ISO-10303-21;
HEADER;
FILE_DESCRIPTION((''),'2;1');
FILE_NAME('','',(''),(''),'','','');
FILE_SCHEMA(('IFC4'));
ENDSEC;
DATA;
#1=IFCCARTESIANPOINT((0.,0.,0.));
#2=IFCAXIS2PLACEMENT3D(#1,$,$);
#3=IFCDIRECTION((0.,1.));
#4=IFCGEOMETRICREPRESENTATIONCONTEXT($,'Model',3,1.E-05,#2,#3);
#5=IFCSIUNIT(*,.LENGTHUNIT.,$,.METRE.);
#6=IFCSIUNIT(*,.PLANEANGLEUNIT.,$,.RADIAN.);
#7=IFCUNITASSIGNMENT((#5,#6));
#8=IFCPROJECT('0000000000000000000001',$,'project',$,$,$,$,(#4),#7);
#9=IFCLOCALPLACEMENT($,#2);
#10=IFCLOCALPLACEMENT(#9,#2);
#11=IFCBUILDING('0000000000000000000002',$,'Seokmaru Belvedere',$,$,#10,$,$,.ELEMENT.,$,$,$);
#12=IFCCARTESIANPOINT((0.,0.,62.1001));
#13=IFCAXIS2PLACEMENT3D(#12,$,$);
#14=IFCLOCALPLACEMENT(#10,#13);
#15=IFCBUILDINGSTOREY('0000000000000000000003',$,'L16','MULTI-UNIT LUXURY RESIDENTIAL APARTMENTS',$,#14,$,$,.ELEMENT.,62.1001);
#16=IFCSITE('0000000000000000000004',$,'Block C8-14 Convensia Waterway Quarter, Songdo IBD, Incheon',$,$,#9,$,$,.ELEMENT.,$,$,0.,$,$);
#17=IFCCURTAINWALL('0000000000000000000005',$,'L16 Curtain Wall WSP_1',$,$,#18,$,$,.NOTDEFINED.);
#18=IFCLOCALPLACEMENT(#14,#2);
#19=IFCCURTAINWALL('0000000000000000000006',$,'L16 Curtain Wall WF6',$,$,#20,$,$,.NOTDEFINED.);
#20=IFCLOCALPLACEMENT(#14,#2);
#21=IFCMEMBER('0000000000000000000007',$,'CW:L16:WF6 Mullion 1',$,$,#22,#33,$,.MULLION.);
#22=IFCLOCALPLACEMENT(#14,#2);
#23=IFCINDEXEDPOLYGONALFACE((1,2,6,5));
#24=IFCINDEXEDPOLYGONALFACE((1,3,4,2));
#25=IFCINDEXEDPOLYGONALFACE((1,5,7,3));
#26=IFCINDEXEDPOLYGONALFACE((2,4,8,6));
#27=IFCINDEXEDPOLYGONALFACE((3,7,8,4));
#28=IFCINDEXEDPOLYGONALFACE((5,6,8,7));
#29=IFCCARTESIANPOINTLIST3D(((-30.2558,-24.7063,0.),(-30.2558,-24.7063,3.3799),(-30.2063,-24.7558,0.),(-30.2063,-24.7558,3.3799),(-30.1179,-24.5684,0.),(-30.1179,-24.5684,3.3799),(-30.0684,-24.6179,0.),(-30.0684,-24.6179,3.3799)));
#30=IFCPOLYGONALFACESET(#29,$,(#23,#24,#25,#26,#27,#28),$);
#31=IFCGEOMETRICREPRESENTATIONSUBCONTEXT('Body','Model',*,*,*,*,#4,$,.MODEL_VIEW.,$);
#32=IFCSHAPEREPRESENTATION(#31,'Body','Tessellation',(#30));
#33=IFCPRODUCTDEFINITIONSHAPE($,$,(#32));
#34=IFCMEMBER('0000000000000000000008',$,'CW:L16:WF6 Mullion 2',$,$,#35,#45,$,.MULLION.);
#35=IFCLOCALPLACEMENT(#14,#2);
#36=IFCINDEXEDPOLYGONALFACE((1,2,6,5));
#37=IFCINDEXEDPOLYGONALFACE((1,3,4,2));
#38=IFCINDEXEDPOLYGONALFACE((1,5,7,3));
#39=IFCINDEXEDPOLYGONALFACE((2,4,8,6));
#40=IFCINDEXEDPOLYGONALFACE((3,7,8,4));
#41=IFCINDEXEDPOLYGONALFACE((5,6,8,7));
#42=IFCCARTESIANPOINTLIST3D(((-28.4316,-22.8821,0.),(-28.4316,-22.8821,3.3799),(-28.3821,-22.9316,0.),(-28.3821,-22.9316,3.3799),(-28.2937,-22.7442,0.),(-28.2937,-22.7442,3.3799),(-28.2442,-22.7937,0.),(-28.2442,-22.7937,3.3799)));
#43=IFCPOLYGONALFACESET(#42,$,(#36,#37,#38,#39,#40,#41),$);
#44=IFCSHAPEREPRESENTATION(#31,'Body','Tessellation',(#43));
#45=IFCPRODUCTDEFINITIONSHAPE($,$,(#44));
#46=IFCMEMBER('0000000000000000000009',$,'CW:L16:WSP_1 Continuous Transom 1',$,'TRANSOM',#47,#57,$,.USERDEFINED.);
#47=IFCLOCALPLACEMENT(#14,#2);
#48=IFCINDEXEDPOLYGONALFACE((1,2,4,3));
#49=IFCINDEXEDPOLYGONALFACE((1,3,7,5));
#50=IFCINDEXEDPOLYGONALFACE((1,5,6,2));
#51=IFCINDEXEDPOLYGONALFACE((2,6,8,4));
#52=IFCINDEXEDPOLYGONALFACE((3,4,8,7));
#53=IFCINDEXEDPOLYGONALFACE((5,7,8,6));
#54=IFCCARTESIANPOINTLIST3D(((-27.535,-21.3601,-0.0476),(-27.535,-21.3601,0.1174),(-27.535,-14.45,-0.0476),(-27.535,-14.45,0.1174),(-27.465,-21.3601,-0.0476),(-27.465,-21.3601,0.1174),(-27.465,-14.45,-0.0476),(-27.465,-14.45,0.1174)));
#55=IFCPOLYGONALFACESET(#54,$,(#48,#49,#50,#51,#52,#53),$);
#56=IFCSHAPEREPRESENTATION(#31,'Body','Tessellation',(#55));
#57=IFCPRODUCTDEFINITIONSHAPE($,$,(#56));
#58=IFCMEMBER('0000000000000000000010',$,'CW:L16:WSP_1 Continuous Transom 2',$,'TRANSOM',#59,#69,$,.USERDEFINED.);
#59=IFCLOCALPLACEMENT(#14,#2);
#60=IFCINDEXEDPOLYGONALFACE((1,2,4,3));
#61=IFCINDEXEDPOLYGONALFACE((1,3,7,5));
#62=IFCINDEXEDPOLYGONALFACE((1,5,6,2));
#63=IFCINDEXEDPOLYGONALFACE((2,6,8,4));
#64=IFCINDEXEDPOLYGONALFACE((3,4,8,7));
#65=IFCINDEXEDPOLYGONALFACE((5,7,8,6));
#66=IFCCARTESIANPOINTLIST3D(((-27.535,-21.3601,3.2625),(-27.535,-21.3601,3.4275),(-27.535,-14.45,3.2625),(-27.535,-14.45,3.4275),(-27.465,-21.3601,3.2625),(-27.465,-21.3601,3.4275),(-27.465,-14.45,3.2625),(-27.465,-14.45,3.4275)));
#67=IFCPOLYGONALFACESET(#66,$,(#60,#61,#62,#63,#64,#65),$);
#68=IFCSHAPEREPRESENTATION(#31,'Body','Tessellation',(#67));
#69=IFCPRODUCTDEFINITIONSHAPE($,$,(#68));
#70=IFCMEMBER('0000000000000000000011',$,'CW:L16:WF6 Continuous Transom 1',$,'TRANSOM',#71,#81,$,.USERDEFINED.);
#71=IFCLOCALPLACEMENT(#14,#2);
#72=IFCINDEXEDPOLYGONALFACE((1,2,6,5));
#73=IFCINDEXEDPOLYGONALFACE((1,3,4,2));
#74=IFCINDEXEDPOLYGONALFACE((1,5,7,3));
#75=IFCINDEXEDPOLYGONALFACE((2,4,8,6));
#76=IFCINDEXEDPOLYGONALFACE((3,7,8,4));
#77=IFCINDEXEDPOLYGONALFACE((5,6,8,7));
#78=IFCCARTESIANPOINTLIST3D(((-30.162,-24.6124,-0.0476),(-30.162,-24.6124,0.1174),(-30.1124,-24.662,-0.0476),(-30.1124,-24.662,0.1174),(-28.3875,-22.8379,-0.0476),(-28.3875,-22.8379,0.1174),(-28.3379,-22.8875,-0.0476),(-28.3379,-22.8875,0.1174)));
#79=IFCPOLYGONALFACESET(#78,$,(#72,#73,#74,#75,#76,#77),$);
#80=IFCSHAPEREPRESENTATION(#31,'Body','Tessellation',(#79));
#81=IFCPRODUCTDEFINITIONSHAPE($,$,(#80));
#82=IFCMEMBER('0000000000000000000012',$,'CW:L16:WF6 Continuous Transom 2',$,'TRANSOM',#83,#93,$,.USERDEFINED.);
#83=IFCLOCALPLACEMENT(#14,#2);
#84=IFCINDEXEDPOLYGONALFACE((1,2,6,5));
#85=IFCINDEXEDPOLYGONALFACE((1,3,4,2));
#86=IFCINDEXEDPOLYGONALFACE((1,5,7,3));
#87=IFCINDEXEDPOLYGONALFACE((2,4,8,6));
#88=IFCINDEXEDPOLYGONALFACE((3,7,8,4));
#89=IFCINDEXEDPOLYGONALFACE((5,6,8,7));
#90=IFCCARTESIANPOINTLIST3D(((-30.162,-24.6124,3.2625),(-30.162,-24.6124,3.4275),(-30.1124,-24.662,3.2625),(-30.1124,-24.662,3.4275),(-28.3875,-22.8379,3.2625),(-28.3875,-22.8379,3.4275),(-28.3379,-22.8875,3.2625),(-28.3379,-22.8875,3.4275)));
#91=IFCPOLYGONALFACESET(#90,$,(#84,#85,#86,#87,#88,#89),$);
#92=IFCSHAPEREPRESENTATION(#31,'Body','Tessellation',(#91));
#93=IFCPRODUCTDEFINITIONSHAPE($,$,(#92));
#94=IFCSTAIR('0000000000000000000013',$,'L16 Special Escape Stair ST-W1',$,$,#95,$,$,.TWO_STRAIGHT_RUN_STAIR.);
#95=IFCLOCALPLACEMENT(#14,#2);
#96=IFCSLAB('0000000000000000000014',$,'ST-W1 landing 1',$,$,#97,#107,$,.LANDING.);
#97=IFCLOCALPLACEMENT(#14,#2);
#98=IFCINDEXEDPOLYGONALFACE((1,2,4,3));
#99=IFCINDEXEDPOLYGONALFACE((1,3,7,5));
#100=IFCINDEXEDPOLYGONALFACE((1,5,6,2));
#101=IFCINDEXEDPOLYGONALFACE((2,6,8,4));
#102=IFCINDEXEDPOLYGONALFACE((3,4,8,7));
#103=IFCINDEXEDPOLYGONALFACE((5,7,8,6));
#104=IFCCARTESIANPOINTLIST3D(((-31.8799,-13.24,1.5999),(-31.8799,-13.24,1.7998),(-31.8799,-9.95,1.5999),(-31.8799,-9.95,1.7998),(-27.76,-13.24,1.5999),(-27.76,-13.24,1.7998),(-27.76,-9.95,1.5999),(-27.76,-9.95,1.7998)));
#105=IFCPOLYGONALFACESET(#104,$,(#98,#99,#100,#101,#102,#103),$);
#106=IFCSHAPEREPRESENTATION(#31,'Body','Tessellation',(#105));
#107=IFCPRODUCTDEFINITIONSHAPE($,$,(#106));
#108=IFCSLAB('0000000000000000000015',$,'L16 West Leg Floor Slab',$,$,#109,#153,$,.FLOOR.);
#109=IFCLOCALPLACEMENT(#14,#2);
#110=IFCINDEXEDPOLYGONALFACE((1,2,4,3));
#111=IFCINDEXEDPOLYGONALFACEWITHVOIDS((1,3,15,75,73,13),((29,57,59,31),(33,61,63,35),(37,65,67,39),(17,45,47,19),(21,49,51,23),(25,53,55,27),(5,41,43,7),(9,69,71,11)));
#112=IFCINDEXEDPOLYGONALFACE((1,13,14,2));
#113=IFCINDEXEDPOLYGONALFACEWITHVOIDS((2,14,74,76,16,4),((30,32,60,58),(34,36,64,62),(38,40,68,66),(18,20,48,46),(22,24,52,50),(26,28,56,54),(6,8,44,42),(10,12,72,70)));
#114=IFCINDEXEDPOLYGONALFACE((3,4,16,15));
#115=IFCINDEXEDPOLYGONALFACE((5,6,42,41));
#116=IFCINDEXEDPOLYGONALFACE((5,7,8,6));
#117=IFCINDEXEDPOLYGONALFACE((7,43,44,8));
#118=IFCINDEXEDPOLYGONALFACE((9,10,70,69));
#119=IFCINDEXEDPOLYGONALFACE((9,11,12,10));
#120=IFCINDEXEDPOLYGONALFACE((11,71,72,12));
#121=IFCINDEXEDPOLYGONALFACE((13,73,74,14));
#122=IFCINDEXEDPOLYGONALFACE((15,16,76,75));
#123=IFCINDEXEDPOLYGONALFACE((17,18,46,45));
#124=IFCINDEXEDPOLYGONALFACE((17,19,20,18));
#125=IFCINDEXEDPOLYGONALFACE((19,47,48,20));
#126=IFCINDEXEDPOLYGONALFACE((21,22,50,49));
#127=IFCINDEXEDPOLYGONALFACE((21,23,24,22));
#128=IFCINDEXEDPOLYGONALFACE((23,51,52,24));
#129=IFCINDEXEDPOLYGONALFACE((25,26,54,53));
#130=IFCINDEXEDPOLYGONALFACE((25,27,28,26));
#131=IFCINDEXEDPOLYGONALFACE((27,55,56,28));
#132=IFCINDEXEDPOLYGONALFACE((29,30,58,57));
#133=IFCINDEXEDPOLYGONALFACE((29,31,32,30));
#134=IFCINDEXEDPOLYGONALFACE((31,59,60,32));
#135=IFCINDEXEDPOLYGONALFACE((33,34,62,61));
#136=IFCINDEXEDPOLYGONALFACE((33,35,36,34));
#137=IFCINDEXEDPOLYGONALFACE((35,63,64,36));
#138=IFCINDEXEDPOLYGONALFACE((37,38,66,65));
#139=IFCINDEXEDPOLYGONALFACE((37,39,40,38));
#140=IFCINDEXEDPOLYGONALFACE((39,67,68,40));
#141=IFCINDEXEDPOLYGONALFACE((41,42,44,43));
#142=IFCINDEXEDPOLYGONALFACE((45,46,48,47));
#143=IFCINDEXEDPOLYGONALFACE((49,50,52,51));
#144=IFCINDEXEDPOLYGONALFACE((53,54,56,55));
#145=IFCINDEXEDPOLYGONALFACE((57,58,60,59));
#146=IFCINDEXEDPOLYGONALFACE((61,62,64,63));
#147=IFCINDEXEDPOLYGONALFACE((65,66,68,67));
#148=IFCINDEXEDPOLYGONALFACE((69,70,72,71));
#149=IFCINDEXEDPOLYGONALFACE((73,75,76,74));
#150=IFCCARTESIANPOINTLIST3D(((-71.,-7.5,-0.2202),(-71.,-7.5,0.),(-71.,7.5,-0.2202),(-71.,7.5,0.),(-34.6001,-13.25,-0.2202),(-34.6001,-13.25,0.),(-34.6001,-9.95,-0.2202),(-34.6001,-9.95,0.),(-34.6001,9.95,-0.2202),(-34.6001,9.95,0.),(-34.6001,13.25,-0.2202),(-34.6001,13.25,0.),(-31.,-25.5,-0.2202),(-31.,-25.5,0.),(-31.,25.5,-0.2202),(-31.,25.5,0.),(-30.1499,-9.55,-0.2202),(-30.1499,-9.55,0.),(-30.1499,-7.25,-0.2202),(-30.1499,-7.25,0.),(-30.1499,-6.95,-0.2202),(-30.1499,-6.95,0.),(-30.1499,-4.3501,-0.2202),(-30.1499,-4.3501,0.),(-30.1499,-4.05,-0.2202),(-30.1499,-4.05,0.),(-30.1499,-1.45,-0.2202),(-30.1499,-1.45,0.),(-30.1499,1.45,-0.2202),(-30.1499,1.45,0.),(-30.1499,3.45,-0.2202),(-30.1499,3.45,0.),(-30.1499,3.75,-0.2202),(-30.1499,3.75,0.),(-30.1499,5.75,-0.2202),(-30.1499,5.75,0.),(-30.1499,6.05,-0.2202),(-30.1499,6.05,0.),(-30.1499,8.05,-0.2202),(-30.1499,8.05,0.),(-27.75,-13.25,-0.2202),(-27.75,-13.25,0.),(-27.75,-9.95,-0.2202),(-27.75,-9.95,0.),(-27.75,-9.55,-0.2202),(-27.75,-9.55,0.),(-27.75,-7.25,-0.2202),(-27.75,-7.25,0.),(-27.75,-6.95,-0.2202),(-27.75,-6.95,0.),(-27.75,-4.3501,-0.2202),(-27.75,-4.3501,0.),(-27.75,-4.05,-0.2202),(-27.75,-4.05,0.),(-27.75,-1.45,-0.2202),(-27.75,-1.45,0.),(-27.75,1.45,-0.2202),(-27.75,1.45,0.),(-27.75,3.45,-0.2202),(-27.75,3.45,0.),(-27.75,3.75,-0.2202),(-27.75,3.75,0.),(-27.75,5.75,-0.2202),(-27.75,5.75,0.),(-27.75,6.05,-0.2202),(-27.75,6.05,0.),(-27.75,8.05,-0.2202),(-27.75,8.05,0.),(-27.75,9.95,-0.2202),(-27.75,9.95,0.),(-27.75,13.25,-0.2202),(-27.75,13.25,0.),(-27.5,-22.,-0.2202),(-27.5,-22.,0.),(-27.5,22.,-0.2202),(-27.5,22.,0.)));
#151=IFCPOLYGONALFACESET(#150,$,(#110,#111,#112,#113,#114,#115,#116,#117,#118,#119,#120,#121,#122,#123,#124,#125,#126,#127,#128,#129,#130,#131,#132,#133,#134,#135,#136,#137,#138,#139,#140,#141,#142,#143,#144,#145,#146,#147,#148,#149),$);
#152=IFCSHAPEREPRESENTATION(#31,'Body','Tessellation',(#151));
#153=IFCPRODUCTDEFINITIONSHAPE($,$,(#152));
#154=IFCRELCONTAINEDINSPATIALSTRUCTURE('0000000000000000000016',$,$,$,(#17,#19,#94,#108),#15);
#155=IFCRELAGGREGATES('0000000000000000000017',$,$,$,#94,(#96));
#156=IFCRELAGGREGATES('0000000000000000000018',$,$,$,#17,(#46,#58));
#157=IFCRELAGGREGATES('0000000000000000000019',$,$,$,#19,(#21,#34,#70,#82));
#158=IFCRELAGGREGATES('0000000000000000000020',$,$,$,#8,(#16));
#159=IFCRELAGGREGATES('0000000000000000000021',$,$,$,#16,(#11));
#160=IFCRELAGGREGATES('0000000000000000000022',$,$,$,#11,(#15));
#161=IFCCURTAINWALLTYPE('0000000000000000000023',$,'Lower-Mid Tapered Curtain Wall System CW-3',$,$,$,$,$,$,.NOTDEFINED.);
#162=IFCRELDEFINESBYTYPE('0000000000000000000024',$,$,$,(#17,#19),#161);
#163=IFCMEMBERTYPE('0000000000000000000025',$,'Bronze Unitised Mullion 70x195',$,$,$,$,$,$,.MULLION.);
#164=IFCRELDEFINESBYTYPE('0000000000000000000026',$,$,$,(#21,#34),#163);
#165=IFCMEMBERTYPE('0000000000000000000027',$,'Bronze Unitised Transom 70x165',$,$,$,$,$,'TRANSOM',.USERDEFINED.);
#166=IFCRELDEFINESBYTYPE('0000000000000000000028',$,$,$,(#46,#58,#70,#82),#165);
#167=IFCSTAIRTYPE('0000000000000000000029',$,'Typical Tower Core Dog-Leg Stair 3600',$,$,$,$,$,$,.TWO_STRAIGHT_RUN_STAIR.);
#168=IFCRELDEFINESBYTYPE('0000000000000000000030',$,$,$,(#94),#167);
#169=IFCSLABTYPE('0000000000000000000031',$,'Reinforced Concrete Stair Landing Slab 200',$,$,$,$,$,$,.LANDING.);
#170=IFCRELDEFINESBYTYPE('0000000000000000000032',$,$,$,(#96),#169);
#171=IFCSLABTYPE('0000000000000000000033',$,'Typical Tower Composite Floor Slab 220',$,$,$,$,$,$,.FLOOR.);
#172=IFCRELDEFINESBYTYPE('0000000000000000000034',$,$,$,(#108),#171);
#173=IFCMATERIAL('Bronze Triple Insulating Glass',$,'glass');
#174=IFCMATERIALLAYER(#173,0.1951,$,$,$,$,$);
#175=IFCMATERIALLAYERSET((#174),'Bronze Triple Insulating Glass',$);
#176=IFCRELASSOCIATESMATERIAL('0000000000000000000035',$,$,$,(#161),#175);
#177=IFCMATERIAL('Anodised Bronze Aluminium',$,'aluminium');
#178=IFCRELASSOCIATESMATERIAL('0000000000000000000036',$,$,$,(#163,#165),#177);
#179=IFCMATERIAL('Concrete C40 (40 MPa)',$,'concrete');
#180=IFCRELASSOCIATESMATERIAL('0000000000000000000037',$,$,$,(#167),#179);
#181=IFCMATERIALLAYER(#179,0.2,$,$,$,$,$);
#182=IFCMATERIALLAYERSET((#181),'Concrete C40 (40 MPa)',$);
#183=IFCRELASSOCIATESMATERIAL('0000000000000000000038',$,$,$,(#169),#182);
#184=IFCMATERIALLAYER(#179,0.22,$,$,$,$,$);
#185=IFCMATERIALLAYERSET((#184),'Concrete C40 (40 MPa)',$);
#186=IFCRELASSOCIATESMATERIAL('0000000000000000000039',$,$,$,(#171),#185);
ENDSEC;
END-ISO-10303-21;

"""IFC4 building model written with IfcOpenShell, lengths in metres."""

from ifc_helpers import new_model, si_unit, direction, frame, origin, origin_2d, place, context, subcontext, project, spatial, polyline, rectangle, outline, extrude, source, transform, mapped, material, layer, layer_set, material_profile, profile_set, type_object, type_shapes, element, aggregate, save


model = new_model("IFC4")

# Units and contexts
model_context = context("Model", 3, precision=1e-05, world=origin(), true_north=direction((0.0, 1.0)))
body_context = subcontext(model_context, "Body", "Model", "MODEL_VIEW")
ifc_project = project(units=[si_unit("LENGTHUNIT", "METRE"), si_unit("PLANEANGLEUNIT", "RADIAN")], contexts=[model_context])

# Site, building, storey
site_placement = place(None, origin())
site = spatial("IfcSite", under=ifc_project, at=site_placement, Name="Block C8-14 Convensia Waterway Quarter, Songdo IBD, Incheon", CompositionType="ELEMENT", RefElevation=0.0)
building_placement = place(site_placement, origin())
building = spatial("IfcBuilding", under=site, at=building_placement, Name="Seokmaru Belvedere", CompositionType="ELEMENT")
storey_placement = place(building_placement, frame((0.0, 0.0, 62.1001)))
storey = spatial("IfcBuildingStorey", under=building, at=storey_placement, Name="L16", Description="MULTI-UNIT LUXURY RESIDENTIAL APARTMENTS", CompositionType="ELEMENT", Elevation=62.1001)

# Curtain walls, members
ifc_material_1 = material(Name="Bronze Triple Insulating Glass", Category="glass")
ifc_layer_1 = layer(ifc_material_1, 0.1951)
ifc_layer_set_1 = layer_set([ifc_layer_1], Name="Bronze Triple Insulating Glass")
curtain_wall_type = type_object("IfcCurtainWallType", Name="Lower-Mid Tapered Curtain Wall System CW-3", PredefinedType="NOTDEFINED", material=ifc_layer_set_1)
curtain_wall_1_placement = place(storey_placement, origin())
curtain_wall_1 = element("IfcCurtainWall", 1, at=curtain_wall_1_placement, inside=storey, type_object=curtain_wall_type, Name="L16 Curtain Wall WSP_1", PredefinedType="NOTDEFINED")
ifc_material_2 = material(Name="Anodised Bronze Aluminium", Category="aluminium")
ifc_material_profile_1 = material_profile(ifc_material_2, rectangle(XDim=0.0701, YDim=0.1951, at=origin_2d()), Name="CW-M-70x195")
ifc_profile_set_1 = profile_set([ifc_material_profile_1], Name="Anodised Bronze Aluminium")
member_type_1 = type_object("IfcMemberType", Name="Bronze Unitised Mullion 70x195", PredefinedType="MULLION", material=ifc_profile_set_1)
shared_shape_1 = source(origin(), body_context, "Body", "SweptSolid", [
    extrude(rectangle(XDim=0.0701, YDim=0.1951, at=origin_2d()), origin(), (0.0, 0.0, 1.0), 3.3799),
])
type_shapes(member_type_1, [shared_shape_1])
curtain_wall_2_placement = place(storey_placement, origin())
curtain_wall_2 = element("IfcCurtainWall", 2, at=curtain_wall_2_placement, inside=storey, type_object=curtain_wall_type, Name="L16 Curtain Wall WF6", PredefinedType="NOTDEFINED")
member_1_placement = place(storey_placement, frame((-30.1621, -24.6621, 0.0), z_axis=(0.0, 0.0, 1.0), x_axis=(-0.707107, 0.707107, 0.0)))
member_1 = element("IfcMember", 3, at=member_1_placement, type_object=member_type_1, Name="CW:L16:WF6 Mullion 1", PredefinedType="MULLION", context=body_context, shape_type="MappedRepresentation", body=[
    mapped(shared_shape_1, transform((0.0, 0.0, 0.0), scale=1.0)),
])
member_2_placement = place(storey_placement, frame((-28.3379, -22.8379, 0.0), z_axis=(0.0, 0.0, 1.0), x_axis=(-0.707107, 0.707107, 0.0)))
member_2 = element("IfcMember", 4, at=member_2_placement, type_object=member_type_1, Name="CW:L16:WF6 Mullion 2", PredefinedType="MULLION", context=body_context, shape_type="MappedRepresentation", body=[
    mapped(shared_shape_1, transform((0.0, 0.0, 0.0), scale=1.0)),
])

# Members
ifc_material_profile_2 = material_profile(ifc_material_2, rectangle(XDim=0.0701, YDim=0.165, at=origin_2d()), Name="CW-T-70x165")
ifc_profile_set_2 = profile_set([ifc_material_profile_2], Name="Anodised Bronze Aluminium")
member_type_2 = type_object("IfcMemberType", Name="Bronze Unitised Transom 70x165", ElementType="TRANSOM", PredefinedType="USERDEFINED", material=ifc_profile_set_2)
shared_shape_2 = source(origin(), body_context, "Body", "SweptSolid", [
    extrude(rectangle(XDim=0.0701, YDim=0.165, at=origin_2d()), origin(), (0.0, 0.0, 1.0), 6.9102),
])
member_3_placement = place(storey_placement, frame((-27.5, -21.3601, 0.0349), z_axis=(0.0, 1.0, 0.0), x_axis=(-1.0, 0.0, 0.0)))
member_3 = element("IfcMember", 5, at=member_3_placement, type_object=member_type_2, Name="CW:L16:WSP_1 Continuous Transom 1", ObjectType="TRANSOM", PredefinedType="USERDEFINED", context=body_context, shape_type="MappedRepresentation", body=[
    mapped(shared_shape_2, transform((0.0, 0.0, 0.0), scale=1.0)),
])
member_4_placement = place(storey_placement, frame((-27.5, -21.3601, 3.345), z_axis=(0.0, 1.0, 0.0), x_axis=(-1.0, 0.0, 0.0)))
member_4 = element("IfcMember", 6, at=member_4_placement, type_object=member_type_2, Name="CW:L16:WSP_1 Continuous Transom 2", ObjectType="TRANSOM", PredefinedType="USERDEFINED", context=body_context, shape_type="MappedRepresentation", body=[
    mapped(shared_shape_2, transform((0.0, 0.0, 0.0), scale=1.0)),
])
shared_shape_3 = source(origin(), body_context, "Body", "SweptSolid", [
    extrude(rectangle(XDim=0.0701, YDim=0.165, at=origin_2d()), origin(), (0.0, 0.0, 1.0), 2.5095),
])
type_shapes(member_type_2, [shared_shape_2, shared_shape_3])
member_5_placement = place(storey_placement, frame((-30.1372, -24.6372, 0.0349), z_axis=(0.707107, 0.707107, 0.0), x_axis=(-0.707107, 0.707107, 0.0)))
member_5 = element("IfcMember", 7, at=member_5_placement, type_object=member_type_2, Name="CW:L16:WF6 Continuous Transom 1", ObjectType="TRANSOM", PredefinedType="USERDEFINED", context=body_context, shape_type="MappedRepresentation", body=[
    mapped(shared_shape_3, transform((0.0, 0.0, 0.0), scale=1.0)),
])
member_6_placement = place(storey_placement, frame((-30.1372, -24.6372, 3.345), z_axis=(0.707107, 0.707107, 0.0), x_axis=(-0.707107, 0.707107, 0.0)))
member_6 = element("IfcMember", 8, at=member_6_placement, type_object=member_type_2, Name="CW:L16:WF6 Continuous Transom 2", ObjectType="TRANSOM", PredefinedType="USERDEFINED", context=body_context, shape_type="MappedRepresentation", body=[
    mapped(shared_shape_3, transform((0.0, 0.0, 0.0), scale=1.0)),
])

# Stair, slab
ifc_material_3 = material(Name="Concrete C40 (40 MPa)", Category="concrete")
stair_type = type_object("IfcStairType", Name="Typical Tower Core Dog-Leg Stair 3600", PredefinedType="TWO_STRAIGHT_RUN_STAIR", material=ifc_material_3)
stair_placement = place(storey_placement, origin())
stair = element("IfcStair", 9, at=stair_placement, inside=storey, type_object=stair_type, Name="L16 Special Escape Stair ST-W1", PredefinedType="TWO_STRAIGHT_RUN_STAIR")
ifc_layer_2 = layer(ifc_material_3, 0.2)
ifc_layer_set_2 = layer_set([ifc_layer_2], Name="Concrete C40 (40 MPa)")
slab_type_1 = type_object("IfcSlabType", Name="Reinforced Concrete Stair Landing Slab 200", PredefinedType="LANDING", material=ifc_layer_set_2)
slab_1_placement = place(storey_placement, frame((0.0, 0.0, 1.5999)))
slab_1 = element("IfcSlab", 10, at=slab_1_placement, type_object=slab_type_1, Name="ST-W1 landing 1", PredefinedType="LANDING", context=body_context, shape_type="SweptSolid", body=[
    extrude(outline(polyline([(-31.8799, -13.24), (-27.76, -13.24), (-27.76, -9.95), (-31.8799, -9.95), (-31.8799, -13.24)])), origin(), (0.0, 0.0, 1.0), 0.2),
])
aggregate(stair, [slab_1])

# Slab
ifc_layer_3 = layer(ifc_material_3, 0.22)
ifc_layer_set_3 = layer_set([ifc_layer_3], Name="Concrete C40 (40 MPa)")
slab_type_2 = type_object("IfcSlabType", Name="Typical Tower Composite Floor Slab 220", PredefinedType="FLOOR", material=ifc_layer_set_3)
slab_2_placement = place(storey_placement, frame((0.0, 0.0, -0.2202)))
element("IfcSlab", 11, at=slab_2_placement, inside=storey, type_object=slab_type_2, Name="L16 West Leg Floor Slab", PredefinedType="FLOOR", context=body_context, shape_type="SweptSolid", body=[
    extrude(outline(polyline([(-27.5, -22.0), (-27.5, 22.0), (-31.0, 25.5), (-71.0, 7.5), (-71.0, -7.5), (-31.0, -25.5), (-27.5, -22.0)]), holes=[polyline([(-34.6001, -13.25), (-27.75, -13.25), (-27.75, -9.95), (-34.6001, -9.95), (-34.6001, -13.25)]), polyline([(-34.6001, 9.95), (-27.75, 9.95), (-27.75, 13.25), (-34.6001, 13.25), (-34.6001, 9.95)]), polyline([(-30.1499, -9.55), (-27.75, -9.55), (-27.75, -7.25), (-30.1499, -7.25), (-30.1499, -9.55)]), polyline([(-30.1499, -6.95), (-27.75, -6.95), (-27.75, -4.3501), (-30.1499, -4.3501), (-30.1499, -6.95)]), polyline([(-30.1499, -4.05), (-27.75, -4.05), (-27.75, -1.45), (-30.1499, -1.45), (-30.1499, -4.05)]), polyline([(-30.1499, 1.45), (-27.75, 1.45), (-27.75, 3.45), (-30.1499, 3.45), (-30.1499, 1.45)]), polyline([(-30.1499, 3.75), (-27.75, 3.75), (-27.75, 5.75), (-30.1499, 5.75), (-30.1499, 3.75)]), polyline([(-30.1499, 6.05), (-27.75, 6.05), (-27.75, 8.05), (-30.1499, 8.05), (-30.1499, 6.05)])]), origin(), (0.0, 0.0, 1.0), 0.2202),
])

aggregate(curtain_wall_1, [member_3, member_4])
aggregate(curtain_wall_2, [member_1, member_2, member_5, member_6])

save(model, "model.ifc")
